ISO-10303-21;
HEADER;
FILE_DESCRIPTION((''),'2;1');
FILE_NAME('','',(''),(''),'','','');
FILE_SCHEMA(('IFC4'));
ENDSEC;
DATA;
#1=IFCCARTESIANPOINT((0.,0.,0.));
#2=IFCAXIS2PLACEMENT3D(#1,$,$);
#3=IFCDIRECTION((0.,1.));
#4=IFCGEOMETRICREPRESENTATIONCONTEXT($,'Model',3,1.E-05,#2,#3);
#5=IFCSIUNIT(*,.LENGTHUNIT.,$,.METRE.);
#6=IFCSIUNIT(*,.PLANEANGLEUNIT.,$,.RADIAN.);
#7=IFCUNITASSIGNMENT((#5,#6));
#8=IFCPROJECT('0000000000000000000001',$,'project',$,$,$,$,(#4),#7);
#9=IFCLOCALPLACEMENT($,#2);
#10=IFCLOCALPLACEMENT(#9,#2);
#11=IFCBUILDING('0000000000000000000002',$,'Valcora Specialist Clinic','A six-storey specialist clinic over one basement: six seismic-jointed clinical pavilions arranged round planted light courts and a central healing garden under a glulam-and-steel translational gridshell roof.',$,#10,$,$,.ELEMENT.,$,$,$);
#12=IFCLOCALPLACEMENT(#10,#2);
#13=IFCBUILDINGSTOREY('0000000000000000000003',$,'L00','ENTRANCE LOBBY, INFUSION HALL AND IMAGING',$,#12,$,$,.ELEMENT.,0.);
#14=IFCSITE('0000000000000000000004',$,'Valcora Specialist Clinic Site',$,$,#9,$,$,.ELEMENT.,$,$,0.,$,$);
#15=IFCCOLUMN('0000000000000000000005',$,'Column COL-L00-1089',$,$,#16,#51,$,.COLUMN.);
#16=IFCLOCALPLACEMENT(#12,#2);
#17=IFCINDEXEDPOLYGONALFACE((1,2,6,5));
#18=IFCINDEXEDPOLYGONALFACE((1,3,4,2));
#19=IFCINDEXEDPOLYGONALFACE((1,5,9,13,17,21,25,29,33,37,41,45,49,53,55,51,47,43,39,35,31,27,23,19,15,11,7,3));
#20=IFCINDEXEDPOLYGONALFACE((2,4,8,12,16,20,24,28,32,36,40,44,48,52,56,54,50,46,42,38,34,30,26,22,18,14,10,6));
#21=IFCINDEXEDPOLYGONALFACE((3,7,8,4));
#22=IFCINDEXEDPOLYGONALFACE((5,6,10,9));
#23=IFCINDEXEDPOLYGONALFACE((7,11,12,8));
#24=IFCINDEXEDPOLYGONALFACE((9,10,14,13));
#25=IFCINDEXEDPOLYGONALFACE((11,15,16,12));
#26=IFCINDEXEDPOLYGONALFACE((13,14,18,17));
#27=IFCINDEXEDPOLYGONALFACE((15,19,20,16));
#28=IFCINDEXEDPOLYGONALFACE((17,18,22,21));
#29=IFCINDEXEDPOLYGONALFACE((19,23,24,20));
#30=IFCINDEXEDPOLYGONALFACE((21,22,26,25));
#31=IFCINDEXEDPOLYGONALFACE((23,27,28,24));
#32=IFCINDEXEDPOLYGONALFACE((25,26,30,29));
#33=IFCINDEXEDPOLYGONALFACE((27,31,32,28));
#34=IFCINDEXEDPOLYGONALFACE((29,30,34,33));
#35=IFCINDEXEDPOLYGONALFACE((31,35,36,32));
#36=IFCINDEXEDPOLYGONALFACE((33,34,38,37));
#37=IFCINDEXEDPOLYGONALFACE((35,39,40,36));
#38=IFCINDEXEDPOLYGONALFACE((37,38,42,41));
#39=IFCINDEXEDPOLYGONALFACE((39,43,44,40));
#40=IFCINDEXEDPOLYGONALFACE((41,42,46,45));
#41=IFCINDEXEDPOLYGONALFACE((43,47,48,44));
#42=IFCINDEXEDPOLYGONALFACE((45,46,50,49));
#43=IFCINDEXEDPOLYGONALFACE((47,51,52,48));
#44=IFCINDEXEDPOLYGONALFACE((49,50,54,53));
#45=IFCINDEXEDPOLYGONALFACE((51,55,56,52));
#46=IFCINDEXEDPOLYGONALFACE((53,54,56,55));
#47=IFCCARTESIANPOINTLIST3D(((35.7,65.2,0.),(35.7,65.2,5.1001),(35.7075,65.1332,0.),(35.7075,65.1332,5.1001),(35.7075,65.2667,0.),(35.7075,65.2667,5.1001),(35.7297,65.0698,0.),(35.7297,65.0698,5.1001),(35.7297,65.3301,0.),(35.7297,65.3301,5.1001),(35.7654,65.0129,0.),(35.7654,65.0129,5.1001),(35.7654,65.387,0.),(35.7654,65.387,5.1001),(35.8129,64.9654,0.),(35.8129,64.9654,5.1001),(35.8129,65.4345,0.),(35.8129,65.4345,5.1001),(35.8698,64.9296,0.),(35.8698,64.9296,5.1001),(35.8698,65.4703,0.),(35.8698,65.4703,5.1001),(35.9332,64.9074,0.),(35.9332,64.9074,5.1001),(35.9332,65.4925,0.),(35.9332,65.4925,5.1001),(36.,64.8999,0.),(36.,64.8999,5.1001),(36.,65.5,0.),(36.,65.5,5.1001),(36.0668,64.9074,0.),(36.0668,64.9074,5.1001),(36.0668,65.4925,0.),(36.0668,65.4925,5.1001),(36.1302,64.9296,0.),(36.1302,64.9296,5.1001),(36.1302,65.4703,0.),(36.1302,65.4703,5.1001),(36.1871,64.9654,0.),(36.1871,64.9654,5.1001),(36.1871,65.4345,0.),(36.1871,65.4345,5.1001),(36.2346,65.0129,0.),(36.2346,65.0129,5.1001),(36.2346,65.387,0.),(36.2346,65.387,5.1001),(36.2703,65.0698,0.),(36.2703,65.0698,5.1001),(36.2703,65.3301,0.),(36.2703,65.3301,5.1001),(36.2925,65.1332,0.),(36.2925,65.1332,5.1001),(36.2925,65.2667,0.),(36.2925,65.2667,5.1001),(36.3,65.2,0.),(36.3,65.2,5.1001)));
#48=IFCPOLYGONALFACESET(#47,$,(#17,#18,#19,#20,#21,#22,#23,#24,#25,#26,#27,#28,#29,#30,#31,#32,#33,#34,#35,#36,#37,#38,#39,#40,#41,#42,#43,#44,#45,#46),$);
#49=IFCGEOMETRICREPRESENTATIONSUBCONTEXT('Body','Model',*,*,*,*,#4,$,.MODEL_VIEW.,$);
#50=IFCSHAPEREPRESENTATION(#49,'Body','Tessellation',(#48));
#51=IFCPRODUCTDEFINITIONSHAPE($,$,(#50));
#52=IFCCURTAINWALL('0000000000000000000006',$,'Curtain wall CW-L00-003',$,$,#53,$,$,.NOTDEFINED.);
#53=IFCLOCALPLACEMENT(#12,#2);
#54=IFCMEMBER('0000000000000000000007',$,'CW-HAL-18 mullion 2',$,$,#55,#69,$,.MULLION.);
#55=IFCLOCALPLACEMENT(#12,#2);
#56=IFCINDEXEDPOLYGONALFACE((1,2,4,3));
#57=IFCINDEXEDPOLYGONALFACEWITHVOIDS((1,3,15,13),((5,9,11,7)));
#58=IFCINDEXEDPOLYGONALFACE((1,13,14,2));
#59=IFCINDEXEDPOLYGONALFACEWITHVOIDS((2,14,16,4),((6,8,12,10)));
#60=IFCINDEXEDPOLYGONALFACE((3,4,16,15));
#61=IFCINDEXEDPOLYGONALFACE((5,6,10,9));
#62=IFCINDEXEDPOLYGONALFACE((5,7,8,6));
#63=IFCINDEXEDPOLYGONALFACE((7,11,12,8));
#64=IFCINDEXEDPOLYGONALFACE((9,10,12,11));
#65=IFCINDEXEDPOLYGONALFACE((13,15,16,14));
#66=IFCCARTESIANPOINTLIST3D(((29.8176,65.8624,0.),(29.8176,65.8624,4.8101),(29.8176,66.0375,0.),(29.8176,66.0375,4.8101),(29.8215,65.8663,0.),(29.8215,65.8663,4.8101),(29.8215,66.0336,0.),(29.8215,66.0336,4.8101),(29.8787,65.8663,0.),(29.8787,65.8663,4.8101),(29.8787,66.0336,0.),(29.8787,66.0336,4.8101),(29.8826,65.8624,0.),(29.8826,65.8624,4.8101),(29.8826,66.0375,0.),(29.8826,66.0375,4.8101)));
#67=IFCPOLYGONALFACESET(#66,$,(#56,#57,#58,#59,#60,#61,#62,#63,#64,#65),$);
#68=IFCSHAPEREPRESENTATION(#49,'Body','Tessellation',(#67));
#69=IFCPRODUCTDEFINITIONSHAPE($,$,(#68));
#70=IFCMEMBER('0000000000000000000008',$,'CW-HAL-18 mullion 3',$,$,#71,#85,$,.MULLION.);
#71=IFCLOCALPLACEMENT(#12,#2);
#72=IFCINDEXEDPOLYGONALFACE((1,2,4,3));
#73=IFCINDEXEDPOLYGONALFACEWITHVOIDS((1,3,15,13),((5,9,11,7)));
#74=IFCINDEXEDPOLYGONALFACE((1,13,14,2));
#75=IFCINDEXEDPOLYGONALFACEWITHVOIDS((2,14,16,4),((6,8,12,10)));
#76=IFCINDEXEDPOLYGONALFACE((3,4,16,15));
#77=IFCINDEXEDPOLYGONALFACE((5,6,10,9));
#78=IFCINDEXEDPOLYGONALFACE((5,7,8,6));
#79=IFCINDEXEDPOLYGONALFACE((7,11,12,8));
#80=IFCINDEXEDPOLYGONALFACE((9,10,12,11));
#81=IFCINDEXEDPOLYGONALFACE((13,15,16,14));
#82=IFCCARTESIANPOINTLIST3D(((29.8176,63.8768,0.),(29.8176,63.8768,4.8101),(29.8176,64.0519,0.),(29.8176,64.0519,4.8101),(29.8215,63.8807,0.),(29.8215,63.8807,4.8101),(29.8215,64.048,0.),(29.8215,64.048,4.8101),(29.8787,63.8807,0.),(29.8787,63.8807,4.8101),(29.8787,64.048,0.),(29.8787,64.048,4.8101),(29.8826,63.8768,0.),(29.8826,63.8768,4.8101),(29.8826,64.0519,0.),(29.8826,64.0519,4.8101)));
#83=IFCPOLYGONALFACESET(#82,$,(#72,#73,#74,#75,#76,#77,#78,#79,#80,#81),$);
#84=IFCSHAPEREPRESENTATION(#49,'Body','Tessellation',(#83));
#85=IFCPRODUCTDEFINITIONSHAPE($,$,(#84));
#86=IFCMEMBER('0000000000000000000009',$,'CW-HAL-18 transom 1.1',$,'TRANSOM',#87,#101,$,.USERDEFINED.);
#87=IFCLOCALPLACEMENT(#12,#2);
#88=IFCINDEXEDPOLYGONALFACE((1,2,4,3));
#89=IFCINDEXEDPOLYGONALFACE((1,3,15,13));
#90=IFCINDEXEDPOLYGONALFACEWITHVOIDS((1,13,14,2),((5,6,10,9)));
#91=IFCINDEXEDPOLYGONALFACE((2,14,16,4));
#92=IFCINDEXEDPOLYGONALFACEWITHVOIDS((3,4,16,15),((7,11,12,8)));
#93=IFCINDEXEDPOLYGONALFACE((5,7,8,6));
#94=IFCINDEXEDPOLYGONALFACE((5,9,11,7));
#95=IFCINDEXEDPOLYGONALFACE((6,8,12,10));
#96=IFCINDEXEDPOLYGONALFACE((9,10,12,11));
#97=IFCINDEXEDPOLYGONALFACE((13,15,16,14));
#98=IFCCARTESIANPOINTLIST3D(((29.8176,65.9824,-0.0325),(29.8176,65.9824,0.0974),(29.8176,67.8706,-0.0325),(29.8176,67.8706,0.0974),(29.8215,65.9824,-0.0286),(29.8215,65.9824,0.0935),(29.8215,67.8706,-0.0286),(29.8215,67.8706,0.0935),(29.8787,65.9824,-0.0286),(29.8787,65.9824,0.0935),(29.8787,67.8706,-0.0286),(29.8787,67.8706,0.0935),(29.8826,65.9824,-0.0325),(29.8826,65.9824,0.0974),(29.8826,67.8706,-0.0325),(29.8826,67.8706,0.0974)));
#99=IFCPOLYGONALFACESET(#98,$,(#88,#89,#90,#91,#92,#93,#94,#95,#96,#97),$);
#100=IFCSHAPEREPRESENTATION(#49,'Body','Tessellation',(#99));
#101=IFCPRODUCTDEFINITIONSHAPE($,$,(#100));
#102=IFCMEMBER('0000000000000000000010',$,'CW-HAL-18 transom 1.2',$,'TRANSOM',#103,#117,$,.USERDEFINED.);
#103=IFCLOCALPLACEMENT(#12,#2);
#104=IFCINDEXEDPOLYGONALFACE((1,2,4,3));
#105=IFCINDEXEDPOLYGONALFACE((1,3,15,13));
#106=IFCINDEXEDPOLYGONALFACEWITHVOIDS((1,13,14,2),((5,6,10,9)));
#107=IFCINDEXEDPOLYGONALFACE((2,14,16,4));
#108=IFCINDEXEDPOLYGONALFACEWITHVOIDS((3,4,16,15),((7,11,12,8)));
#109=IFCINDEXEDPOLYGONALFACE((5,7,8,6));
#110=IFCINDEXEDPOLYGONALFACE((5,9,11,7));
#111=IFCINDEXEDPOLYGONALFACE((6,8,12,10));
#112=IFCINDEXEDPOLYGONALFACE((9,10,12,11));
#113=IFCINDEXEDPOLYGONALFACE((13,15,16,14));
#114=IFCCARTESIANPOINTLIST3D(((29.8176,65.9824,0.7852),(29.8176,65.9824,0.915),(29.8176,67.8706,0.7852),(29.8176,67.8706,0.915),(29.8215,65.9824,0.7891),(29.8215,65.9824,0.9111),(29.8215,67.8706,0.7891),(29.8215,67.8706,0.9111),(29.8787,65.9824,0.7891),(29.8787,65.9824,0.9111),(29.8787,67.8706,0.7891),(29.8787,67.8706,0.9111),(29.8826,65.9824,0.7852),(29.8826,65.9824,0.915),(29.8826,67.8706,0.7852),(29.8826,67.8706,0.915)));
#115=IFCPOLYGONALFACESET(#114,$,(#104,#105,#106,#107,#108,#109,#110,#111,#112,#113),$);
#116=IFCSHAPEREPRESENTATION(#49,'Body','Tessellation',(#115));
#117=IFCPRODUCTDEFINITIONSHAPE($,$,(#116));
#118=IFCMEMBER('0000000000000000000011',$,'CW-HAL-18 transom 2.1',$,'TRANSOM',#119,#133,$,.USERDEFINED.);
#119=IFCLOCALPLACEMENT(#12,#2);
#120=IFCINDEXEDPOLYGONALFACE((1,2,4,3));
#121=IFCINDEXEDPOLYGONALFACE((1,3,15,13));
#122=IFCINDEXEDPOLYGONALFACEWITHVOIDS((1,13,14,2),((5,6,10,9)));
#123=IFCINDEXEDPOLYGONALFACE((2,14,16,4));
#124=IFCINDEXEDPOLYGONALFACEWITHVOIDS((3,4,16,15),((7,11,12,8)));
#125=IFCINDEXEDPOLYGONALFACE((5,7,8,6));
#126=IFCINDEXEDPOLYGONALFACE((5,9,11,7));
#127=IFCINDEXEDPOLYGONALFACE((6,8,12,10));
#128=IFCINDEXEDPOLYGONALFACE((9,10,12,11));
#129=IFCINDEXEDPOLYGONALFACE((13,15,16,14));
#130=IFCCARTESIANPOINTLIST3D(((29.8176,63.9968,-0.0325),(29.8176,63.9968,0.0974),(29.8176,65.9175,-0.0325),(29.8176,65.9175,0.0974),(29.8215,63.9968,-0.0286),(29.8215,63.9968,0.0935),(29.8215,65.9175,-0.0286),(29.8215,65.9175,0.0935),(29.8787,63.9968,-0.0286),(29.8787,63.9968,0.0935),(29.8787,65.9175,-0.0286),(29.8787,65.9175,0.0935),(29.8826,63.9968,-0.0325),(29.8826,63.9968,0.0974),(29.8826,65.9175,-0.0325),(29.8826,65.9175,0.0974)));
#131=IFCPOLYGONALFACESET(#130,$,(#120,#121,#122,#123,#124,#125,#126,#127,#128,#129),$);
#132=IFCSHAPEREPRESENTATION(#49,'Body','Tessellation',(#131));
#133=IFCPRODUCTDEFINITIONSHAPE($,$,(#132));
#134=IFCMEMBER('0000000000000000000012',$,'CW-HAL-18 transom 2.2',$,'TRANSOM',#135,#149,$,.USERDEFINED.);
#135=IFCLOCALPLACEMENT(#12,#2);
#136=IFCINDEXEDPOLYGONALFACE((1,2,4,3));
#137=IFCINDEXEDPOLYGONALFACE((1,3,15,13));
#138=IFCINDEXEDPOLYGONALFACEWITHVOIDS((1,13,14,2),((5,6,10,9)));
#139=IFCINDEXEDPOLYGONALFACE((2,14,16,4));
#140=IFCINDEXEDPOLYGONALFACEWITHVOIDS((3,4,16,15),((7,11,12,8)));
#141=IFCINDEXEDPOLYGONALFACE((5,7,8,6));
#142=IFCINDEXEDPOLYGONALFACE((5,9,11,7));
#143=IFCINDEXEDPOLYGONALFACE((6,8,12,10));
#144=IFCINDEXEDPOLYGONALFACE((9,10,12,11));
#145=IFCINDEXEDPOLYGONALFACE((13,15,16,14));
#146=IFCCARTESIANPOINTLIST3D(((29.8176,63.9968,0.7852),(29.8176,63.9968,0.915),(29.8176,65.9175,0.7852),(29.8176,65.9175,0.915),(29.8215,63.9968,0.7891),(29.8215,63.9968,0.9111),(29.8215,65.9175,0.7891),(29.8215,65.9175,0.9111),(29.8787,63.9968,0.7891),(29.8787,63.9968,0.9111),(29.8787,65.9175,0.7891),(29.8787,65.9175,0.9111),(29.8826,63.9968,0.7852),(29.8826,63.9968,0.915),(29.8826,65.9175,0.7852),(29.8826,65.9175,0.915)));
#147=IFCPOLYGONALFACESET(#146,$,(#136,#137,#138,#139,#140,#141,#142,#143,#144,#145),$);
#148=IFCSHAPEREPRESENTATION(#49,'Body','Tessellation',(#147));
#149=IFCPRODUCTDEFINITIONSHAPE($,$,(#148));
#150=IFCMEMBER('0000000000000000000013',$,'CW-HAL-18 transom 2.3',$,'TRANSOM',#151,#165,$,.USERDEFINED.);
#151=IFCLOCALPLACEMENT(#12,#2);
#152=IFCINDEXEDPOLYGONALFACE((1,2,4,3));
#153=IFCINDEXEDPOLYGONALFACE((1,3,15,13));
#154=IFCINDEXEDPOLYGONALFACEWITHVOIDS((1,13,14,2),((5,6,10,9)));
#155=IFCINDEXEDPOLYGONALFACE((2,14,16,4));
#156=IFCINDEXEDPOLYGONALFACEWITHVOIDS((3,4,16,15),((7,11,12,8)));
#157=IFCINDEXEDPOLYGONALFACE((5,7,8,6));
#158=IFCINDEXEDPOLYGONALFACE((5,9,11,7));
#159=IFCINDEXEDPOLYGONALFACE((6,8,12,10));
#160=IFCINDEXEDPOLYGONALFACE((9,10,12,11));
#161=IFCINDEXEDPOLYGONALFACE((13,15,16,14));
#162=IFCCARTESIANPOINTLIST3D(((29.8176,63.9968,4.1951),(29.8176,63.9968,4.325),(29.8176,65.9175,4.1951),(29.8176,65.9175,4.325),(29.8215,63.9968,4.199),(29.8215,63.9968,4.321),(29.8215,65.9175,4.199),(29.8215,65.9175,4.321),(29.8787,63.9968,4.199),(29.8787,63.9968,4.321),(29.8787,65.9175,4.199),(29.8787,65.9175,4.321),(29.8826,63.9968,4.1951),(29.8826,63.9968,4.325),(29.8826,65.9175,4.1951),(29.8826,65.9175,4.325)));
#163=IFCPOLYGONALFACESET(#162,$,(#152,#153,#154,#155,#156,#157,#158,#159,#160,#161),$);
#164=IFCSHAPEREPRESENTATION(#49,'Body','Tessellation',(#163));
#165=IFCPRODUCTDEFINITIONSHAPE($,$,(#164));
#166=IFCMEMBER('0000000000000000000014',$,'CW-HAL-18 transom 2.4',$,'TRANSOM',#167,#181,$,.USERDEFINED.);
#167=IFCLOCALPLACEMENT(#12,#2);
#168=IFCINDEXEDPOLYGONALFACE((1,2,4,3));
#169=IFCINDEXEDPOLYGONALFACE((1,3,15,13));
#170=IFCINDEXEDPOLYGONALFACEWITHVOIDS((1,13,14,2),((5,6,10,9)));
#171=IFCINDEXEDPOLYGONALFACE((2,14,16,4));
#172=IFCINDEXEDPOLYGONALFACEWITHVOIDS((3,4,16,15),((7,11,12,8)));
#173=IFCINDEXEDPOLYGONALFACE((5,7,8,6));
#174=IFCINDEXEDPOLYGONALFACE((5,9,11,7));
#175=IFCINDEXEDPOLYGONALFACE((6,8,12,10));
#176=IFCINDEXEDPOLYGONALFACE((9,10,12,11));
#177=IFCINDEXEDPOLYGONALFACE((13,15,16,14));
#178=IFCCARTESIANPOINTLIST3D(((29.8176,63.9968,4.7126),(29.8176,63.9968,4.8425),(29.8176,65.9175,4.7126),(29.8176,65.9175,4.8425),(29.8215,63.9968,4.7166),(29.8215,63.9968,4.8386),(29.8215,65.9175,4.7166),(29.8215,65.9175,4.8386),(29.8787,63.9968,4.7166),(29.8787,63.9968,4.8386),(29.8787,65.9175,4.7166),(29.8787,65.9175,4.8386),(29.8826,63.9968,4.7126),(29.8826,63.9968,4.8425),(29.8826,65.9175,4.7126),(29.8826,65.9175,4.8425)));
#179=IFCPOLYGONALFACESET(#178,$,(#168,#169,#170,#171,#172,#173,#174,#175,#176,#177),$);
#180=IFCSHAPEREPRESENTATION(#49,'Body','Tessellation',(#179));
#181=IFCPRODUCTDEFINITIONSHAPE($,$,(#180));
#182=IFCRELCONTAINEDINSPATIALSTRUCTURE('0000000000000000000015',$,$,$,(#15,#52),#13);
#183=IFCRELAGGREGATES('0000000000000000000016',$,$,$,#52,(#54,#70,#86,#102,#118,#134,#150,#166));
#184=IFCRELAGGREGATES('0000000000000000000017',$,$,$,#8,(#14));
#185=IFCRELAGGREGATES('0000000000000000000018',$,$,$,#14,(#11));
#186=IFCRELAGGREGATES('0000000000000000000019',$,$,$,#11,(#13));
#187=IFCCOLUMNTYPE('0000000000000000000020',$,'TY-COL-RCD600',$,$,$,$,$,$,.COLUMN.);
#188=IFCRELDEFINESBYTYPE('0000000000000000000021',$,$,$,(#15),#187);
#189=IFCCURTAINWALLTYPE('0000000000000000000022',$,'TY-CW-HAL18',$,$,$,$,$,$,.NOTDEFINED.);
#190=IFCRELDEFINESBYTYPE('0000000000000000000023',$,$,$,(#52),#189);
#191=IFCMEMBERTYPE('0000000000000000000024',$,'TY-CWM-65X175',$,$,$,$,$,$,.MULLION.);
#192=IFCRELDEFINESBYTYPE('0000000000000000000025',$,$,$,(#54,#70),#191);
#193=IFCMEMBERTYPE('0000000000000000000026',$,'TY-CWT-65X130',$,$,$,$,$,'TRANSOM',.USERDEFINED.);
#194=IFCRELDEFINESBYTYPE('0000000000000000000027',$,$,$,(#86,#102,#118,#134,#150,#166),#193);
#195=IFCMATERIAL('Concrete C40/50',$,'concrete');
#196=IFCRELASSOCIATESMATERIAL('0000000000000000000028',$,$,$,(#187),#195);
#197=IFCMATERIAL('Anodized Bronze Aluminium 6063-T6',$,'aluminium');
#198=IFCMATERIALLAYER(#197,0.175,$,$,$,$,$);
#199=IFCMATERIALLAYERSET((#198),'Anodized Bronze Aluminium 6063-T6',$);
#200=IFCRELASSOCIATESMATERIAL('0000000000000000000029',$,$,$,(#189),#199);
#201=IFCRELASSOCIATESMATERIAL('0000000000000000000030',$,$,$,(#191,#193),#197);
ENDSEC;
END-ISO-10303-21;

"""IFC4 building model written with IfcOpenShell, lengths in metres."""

from ifc_helpers import new_model, si_unit, direction, frame, origin, origin_2d, place, context, subcontext, project, spatial, hollow_rectangle, circle, extrude, material, layer, layer_set, material_profile, profile_set, type_object, element, aggregate, save


model = new_model("IFC4")

# Units and contexts
model_context = context("Model", 3, precision=1e-05, world=origin(), true_north=direction((0.0, 1.0)))
body_context = subcontext(model_context, "Body", "Model", "MODEL_VIEW")
ifc_project = project(units=[si_unit("LENGTHUNIT", "METRE"), si_unit("PLANEANGLEUNIT", "RADIAN")], contexts=[model_context])

# Site, building, storey
site_placement = place(None, origin())
site = spatial("IfcSite", under=ifc_project, at=site_placement, Name="Valcora Specialist Clinic Site", CompositionType="ELEMENT", RefElevation=0.0)
building_placement = place(site_placement, origin())
building = spatial("IfcBuilding", under=site, at=building_placement, Name="Valcora Specialist Clinic", Description="A six-storey specialist clinic over one basement: six seismic-jointed clinical pavilions arranged round planted light courts and a central healing garden under a glulam-and-steel translational gridshell roof.", CompositionType="ELEMENT")
storey_placement = place(building_placement, origin())
storey = spatial("IfcBuildingStorey", under=building, at=storey_placement, Name="L00", Description="ENTRANCE LOBBY, INFUSION HALL AND IMAGING", CompositionType="ELEMENT", Elevation=0.0)

# Column
ifc_material_1 = material(Name="Concrete C40/50", Category="concrete")
ifc_material_profile_1 = material_profile(ifc_material_1, circle(Radius=0.3, at=origin_2d()), Name="RC-COL-D600")
ifc_profile_set_1 = profile_set([ifc_material_profile_1], Name="Concrete C40/50")
column_type = type_object("IfcColumnType", Name="TY-COL-RCD600", PredefinedType="COLUMN", material=ifc_profile_set_1)
column_placement = place(storey_placement, frame((36.0, 65.2, 0.0), z_axis=(0.0, 0.0, 1.0), x_axis=(1.0, 0.0, 0.0)))
element("IfcColumn", 1, at=column_placement, inside=storey, type_object=column_type, Name="Column COL-L00-1089", PredefinedType="COLUMN", context=body_context, shape_type="SweptSolid", body=[
    extrude(circle(Radius=0.3, at=origin_2d()), origin(), (0.0, 0.0, 1.0), 5.1001),
])

# Curtain wall, members
ifc_material_2 = material(Name="Anodized Bronze Aluminium 6063-T6", Category="aluminium")
ifc_layer_1 = layer(ifc_material_2, 0.175)
ifc_layer_set_1 = layer_set([ifc_layer_1], Name="Anodized Bronze Aluminium 6063-T6")
curtain_wall_type = type_object("IfcCurtainWallType", Name="TY-CW-HAL18", PredefinedType="NOTDEFINED", material=ifc_layer_set_1)
curtain_wall_placement = place(storey_placement, origin())
curtain_wall = element("IfcCurtainWall", 2, at=curtain_wall_placement, inside=storey, type_object=curtain_wall_type, Name="Curtain wall CW-L00-003", PredefinedType="NOTDEFINED")
ifc_material_profile_2 = material_profile(ifc_material_2, hollow_rectangle(XDim=0.0649, YDim=0.175, WallThickness=0.0039, at=origin_2d()), Name="AL-MUL-65X175")
ifc_profile_set_2 = profile_set([ifc_material_profile_2], Name="Anodized Bronze Aluminium 6063-T6")
member_type_1 = type_object("IfcMemberType", Name="TY-CWM-65X175", PredefinedType="MULLION", material=ifc_profile_set_2)
member_1_placement = place(storey_placement, frame((29.8501, 65.95, 0.0), z_axis=(0.0, 0.0, 1.0), x_axis=(1.0, 0.0, 0.0)))
member_1 = element("IfcMember", 3, at=member_1_placement, type_object=member_type_1, Name="CW-HAL-18 mullion 2", PredefinedType="MULLION", context=body_context, shape_type="SweptSolid", body=[
    extrude(hollow_rectangle(XDim=0.0649, YDim=0.175, WallThickness=0.0039, at=origin_2d()), origin(), (0.0, 0.0, 1.0), 4.8101),
])
member_2_placement = place(storey_placement, frame((29.8501, 63.9644, 0.0), z_axis=(0.0, 0.0, 1.0), x_axis=(1.0, 0.0, 0.0)))
member_2 = element("IfcMember", 4, at=member_2_placement, type_object=member_type_1, Name="CW-HAL-18 mullion 3", PredefinedType="MULLION", context=body_context, shape_type="SweptSolid", body=[
    extrude(hollow_rectangle(XDim=0.0649, YDim=0.175, WallThickness=0.0039, at=origin_2d()), origin(), (0.0, 0.0, 1.0), 4.8101),
])
ifc_material_profile_3 = material_profile(ifc_material_2, hollow_rectangle(XDim=0.0649, YDim=0.1299, WallThickness=0.0039, at=origin_2d()), Name="AL-TRN-65X130")
ifc_profile_set_3 = profile_set([ifc_material_profile_3], Name="Anodized Bronze Aluminium 6063-T6")
member_type_2 = type_object("IfcMemberType", Name="TY-CWT-65X130", ElementType="TRANSOM", PredefinedType="USERDEFINED", material=ifc_profile_set_3)
member_3_placement = place(storey_placement, frame((29.8501, 67.8706, 0.0325), z_axis=(0.0, -1.0, 0.0), x_axis=(1.0, 0.0, 0.0)))
member_3 = element("IfcMember", 5, at=member_3_placement, type_object=member_type_2, Name="CW-HAL-18 transom 1.1", ObjectType="TRANSOM", PredefinedType="USERDEFINED", context=body_context, shape_type="SweptSolid", body=[
    extrude(hollow_rectangle(XDim=0.0649, YDim=0.1299, WallThickness=0.0039, at=origin_2d()), origin(), (0.0, 0.0, 1.0), 1.8882),
])
member_4_placement = place(storey_placement, frame((29.8501, 67.8706, 0.8501), z_axis=(0.0, -1.0, 0.0), x_axis=(1.0, 0.0, 0.0)))
member_4 = element("IfcMember", 6, at=member_4_placement, type_object=member_type_2, Name="CW-HAL-18 transom 1.2", ObjectType="TRANSOM", PredefinedType="USERDEFINED", context=body_context, shape_type="SweptSolid", body=[
    extrude(hollow_rectangle(XDim=0.0649, YDim=0.1299, WallThickness=0.0039, at=origin_2d()), origin(), (0.0, 0.0, 1.0), 1.8882),
])
member_5_placement = place(storey_placement, frame((29.8501, 65.9175, 0.0325), z_axis=(0.0, -1.0, 0.0), x_axis=(1.0, 0.0, 0.0)))
member_5 = element("IfcMember", 7, at=member_5_placement, type_object=member_type_2, Name="CW-HAL-18 transom 2.1", ObjectType="TRANSOM", PredefinedType="USERDEFINED", context=body_context, shape_type="SweptSolid", body=[
    extrude(hollow_rectangle(XDim=0.0649, YDim=0.1299, WallThickness=0.0039, at=origin_2d()), origin(), (0.0, 0.0, 1.0), 1.9207),
])
member_6_placement = place(storey_placement, frame((29.8501, 65.9175, 0.8501), z_axis=(0.0, -1.0, 0.0), x_axis=(1.0, 0.0, 0.0)))
member_6 = element("IfcMember", 8, at=member_6_placement, type_object=member_type_2, Name="CW-HAL-18 transom 2.2", ObjectType="TRANSOM", PredefinedType="USERDEFINED", context=body_context, shape_type="SweptSolid", body=[
    extrude(hollow_rectangle(XDim=0.0649, YDim=0.1299, WallThickness=0.0039, at=origin_2d()), origin(), (0.0, 0.0, 1.0), 1.9207),
])
member_7_placement = place(storey_placement, frame((29.8501, 65.9175, 4.26), z_axis=(0.0, -1.0, 0.0), x_axis=(1.0, 0.0, 0.0)))
member_7 = element("IfcMember", 9, at=member_7_placement, type_object=member_type_2, Name="CW-HAL-18 transom 2.3", ObjectType="TRANSOM", PredefinedType="USERDEFINED", context=body_context, shape_type="SweptSolid", body=[
    extrude(hollow_rectangle(XDim=0.0649, YDim=0.1299, WallThickness=0.0039, at=origin_2d()), origin(), (0.0, 0.0, 1.0), 1.9207),
])
member_8_placement = place(storey_placement, frame((29.8501, 65.9175, 4.7776), z_axis=(0.0, -1.0, 0.0), x_axis=(1.0, 0.0, 0.0)))
member_8 = element("IfcMember", 10, at=member_8_placement, type_object=member_type_2, Name="CW-HAL-18 transom 2.4", ObjectType="TRANSOM", PredefinedType="USERDEFINED", context=body_context, shape_type="SweptSolid", body=[
    extrude(hollow_rectangle(XDim=0.0649, YDim=0.1299, WallThickness=0.0039, at=origin_2d()), origin(), (0.0, 0.0, 1.0), 1.9207),
])

aggregate(curtain_wall, [member_1, member_2, member_3, member_4, member_5, member_6, member_7, member_8])

save(model, "model.ifc")
